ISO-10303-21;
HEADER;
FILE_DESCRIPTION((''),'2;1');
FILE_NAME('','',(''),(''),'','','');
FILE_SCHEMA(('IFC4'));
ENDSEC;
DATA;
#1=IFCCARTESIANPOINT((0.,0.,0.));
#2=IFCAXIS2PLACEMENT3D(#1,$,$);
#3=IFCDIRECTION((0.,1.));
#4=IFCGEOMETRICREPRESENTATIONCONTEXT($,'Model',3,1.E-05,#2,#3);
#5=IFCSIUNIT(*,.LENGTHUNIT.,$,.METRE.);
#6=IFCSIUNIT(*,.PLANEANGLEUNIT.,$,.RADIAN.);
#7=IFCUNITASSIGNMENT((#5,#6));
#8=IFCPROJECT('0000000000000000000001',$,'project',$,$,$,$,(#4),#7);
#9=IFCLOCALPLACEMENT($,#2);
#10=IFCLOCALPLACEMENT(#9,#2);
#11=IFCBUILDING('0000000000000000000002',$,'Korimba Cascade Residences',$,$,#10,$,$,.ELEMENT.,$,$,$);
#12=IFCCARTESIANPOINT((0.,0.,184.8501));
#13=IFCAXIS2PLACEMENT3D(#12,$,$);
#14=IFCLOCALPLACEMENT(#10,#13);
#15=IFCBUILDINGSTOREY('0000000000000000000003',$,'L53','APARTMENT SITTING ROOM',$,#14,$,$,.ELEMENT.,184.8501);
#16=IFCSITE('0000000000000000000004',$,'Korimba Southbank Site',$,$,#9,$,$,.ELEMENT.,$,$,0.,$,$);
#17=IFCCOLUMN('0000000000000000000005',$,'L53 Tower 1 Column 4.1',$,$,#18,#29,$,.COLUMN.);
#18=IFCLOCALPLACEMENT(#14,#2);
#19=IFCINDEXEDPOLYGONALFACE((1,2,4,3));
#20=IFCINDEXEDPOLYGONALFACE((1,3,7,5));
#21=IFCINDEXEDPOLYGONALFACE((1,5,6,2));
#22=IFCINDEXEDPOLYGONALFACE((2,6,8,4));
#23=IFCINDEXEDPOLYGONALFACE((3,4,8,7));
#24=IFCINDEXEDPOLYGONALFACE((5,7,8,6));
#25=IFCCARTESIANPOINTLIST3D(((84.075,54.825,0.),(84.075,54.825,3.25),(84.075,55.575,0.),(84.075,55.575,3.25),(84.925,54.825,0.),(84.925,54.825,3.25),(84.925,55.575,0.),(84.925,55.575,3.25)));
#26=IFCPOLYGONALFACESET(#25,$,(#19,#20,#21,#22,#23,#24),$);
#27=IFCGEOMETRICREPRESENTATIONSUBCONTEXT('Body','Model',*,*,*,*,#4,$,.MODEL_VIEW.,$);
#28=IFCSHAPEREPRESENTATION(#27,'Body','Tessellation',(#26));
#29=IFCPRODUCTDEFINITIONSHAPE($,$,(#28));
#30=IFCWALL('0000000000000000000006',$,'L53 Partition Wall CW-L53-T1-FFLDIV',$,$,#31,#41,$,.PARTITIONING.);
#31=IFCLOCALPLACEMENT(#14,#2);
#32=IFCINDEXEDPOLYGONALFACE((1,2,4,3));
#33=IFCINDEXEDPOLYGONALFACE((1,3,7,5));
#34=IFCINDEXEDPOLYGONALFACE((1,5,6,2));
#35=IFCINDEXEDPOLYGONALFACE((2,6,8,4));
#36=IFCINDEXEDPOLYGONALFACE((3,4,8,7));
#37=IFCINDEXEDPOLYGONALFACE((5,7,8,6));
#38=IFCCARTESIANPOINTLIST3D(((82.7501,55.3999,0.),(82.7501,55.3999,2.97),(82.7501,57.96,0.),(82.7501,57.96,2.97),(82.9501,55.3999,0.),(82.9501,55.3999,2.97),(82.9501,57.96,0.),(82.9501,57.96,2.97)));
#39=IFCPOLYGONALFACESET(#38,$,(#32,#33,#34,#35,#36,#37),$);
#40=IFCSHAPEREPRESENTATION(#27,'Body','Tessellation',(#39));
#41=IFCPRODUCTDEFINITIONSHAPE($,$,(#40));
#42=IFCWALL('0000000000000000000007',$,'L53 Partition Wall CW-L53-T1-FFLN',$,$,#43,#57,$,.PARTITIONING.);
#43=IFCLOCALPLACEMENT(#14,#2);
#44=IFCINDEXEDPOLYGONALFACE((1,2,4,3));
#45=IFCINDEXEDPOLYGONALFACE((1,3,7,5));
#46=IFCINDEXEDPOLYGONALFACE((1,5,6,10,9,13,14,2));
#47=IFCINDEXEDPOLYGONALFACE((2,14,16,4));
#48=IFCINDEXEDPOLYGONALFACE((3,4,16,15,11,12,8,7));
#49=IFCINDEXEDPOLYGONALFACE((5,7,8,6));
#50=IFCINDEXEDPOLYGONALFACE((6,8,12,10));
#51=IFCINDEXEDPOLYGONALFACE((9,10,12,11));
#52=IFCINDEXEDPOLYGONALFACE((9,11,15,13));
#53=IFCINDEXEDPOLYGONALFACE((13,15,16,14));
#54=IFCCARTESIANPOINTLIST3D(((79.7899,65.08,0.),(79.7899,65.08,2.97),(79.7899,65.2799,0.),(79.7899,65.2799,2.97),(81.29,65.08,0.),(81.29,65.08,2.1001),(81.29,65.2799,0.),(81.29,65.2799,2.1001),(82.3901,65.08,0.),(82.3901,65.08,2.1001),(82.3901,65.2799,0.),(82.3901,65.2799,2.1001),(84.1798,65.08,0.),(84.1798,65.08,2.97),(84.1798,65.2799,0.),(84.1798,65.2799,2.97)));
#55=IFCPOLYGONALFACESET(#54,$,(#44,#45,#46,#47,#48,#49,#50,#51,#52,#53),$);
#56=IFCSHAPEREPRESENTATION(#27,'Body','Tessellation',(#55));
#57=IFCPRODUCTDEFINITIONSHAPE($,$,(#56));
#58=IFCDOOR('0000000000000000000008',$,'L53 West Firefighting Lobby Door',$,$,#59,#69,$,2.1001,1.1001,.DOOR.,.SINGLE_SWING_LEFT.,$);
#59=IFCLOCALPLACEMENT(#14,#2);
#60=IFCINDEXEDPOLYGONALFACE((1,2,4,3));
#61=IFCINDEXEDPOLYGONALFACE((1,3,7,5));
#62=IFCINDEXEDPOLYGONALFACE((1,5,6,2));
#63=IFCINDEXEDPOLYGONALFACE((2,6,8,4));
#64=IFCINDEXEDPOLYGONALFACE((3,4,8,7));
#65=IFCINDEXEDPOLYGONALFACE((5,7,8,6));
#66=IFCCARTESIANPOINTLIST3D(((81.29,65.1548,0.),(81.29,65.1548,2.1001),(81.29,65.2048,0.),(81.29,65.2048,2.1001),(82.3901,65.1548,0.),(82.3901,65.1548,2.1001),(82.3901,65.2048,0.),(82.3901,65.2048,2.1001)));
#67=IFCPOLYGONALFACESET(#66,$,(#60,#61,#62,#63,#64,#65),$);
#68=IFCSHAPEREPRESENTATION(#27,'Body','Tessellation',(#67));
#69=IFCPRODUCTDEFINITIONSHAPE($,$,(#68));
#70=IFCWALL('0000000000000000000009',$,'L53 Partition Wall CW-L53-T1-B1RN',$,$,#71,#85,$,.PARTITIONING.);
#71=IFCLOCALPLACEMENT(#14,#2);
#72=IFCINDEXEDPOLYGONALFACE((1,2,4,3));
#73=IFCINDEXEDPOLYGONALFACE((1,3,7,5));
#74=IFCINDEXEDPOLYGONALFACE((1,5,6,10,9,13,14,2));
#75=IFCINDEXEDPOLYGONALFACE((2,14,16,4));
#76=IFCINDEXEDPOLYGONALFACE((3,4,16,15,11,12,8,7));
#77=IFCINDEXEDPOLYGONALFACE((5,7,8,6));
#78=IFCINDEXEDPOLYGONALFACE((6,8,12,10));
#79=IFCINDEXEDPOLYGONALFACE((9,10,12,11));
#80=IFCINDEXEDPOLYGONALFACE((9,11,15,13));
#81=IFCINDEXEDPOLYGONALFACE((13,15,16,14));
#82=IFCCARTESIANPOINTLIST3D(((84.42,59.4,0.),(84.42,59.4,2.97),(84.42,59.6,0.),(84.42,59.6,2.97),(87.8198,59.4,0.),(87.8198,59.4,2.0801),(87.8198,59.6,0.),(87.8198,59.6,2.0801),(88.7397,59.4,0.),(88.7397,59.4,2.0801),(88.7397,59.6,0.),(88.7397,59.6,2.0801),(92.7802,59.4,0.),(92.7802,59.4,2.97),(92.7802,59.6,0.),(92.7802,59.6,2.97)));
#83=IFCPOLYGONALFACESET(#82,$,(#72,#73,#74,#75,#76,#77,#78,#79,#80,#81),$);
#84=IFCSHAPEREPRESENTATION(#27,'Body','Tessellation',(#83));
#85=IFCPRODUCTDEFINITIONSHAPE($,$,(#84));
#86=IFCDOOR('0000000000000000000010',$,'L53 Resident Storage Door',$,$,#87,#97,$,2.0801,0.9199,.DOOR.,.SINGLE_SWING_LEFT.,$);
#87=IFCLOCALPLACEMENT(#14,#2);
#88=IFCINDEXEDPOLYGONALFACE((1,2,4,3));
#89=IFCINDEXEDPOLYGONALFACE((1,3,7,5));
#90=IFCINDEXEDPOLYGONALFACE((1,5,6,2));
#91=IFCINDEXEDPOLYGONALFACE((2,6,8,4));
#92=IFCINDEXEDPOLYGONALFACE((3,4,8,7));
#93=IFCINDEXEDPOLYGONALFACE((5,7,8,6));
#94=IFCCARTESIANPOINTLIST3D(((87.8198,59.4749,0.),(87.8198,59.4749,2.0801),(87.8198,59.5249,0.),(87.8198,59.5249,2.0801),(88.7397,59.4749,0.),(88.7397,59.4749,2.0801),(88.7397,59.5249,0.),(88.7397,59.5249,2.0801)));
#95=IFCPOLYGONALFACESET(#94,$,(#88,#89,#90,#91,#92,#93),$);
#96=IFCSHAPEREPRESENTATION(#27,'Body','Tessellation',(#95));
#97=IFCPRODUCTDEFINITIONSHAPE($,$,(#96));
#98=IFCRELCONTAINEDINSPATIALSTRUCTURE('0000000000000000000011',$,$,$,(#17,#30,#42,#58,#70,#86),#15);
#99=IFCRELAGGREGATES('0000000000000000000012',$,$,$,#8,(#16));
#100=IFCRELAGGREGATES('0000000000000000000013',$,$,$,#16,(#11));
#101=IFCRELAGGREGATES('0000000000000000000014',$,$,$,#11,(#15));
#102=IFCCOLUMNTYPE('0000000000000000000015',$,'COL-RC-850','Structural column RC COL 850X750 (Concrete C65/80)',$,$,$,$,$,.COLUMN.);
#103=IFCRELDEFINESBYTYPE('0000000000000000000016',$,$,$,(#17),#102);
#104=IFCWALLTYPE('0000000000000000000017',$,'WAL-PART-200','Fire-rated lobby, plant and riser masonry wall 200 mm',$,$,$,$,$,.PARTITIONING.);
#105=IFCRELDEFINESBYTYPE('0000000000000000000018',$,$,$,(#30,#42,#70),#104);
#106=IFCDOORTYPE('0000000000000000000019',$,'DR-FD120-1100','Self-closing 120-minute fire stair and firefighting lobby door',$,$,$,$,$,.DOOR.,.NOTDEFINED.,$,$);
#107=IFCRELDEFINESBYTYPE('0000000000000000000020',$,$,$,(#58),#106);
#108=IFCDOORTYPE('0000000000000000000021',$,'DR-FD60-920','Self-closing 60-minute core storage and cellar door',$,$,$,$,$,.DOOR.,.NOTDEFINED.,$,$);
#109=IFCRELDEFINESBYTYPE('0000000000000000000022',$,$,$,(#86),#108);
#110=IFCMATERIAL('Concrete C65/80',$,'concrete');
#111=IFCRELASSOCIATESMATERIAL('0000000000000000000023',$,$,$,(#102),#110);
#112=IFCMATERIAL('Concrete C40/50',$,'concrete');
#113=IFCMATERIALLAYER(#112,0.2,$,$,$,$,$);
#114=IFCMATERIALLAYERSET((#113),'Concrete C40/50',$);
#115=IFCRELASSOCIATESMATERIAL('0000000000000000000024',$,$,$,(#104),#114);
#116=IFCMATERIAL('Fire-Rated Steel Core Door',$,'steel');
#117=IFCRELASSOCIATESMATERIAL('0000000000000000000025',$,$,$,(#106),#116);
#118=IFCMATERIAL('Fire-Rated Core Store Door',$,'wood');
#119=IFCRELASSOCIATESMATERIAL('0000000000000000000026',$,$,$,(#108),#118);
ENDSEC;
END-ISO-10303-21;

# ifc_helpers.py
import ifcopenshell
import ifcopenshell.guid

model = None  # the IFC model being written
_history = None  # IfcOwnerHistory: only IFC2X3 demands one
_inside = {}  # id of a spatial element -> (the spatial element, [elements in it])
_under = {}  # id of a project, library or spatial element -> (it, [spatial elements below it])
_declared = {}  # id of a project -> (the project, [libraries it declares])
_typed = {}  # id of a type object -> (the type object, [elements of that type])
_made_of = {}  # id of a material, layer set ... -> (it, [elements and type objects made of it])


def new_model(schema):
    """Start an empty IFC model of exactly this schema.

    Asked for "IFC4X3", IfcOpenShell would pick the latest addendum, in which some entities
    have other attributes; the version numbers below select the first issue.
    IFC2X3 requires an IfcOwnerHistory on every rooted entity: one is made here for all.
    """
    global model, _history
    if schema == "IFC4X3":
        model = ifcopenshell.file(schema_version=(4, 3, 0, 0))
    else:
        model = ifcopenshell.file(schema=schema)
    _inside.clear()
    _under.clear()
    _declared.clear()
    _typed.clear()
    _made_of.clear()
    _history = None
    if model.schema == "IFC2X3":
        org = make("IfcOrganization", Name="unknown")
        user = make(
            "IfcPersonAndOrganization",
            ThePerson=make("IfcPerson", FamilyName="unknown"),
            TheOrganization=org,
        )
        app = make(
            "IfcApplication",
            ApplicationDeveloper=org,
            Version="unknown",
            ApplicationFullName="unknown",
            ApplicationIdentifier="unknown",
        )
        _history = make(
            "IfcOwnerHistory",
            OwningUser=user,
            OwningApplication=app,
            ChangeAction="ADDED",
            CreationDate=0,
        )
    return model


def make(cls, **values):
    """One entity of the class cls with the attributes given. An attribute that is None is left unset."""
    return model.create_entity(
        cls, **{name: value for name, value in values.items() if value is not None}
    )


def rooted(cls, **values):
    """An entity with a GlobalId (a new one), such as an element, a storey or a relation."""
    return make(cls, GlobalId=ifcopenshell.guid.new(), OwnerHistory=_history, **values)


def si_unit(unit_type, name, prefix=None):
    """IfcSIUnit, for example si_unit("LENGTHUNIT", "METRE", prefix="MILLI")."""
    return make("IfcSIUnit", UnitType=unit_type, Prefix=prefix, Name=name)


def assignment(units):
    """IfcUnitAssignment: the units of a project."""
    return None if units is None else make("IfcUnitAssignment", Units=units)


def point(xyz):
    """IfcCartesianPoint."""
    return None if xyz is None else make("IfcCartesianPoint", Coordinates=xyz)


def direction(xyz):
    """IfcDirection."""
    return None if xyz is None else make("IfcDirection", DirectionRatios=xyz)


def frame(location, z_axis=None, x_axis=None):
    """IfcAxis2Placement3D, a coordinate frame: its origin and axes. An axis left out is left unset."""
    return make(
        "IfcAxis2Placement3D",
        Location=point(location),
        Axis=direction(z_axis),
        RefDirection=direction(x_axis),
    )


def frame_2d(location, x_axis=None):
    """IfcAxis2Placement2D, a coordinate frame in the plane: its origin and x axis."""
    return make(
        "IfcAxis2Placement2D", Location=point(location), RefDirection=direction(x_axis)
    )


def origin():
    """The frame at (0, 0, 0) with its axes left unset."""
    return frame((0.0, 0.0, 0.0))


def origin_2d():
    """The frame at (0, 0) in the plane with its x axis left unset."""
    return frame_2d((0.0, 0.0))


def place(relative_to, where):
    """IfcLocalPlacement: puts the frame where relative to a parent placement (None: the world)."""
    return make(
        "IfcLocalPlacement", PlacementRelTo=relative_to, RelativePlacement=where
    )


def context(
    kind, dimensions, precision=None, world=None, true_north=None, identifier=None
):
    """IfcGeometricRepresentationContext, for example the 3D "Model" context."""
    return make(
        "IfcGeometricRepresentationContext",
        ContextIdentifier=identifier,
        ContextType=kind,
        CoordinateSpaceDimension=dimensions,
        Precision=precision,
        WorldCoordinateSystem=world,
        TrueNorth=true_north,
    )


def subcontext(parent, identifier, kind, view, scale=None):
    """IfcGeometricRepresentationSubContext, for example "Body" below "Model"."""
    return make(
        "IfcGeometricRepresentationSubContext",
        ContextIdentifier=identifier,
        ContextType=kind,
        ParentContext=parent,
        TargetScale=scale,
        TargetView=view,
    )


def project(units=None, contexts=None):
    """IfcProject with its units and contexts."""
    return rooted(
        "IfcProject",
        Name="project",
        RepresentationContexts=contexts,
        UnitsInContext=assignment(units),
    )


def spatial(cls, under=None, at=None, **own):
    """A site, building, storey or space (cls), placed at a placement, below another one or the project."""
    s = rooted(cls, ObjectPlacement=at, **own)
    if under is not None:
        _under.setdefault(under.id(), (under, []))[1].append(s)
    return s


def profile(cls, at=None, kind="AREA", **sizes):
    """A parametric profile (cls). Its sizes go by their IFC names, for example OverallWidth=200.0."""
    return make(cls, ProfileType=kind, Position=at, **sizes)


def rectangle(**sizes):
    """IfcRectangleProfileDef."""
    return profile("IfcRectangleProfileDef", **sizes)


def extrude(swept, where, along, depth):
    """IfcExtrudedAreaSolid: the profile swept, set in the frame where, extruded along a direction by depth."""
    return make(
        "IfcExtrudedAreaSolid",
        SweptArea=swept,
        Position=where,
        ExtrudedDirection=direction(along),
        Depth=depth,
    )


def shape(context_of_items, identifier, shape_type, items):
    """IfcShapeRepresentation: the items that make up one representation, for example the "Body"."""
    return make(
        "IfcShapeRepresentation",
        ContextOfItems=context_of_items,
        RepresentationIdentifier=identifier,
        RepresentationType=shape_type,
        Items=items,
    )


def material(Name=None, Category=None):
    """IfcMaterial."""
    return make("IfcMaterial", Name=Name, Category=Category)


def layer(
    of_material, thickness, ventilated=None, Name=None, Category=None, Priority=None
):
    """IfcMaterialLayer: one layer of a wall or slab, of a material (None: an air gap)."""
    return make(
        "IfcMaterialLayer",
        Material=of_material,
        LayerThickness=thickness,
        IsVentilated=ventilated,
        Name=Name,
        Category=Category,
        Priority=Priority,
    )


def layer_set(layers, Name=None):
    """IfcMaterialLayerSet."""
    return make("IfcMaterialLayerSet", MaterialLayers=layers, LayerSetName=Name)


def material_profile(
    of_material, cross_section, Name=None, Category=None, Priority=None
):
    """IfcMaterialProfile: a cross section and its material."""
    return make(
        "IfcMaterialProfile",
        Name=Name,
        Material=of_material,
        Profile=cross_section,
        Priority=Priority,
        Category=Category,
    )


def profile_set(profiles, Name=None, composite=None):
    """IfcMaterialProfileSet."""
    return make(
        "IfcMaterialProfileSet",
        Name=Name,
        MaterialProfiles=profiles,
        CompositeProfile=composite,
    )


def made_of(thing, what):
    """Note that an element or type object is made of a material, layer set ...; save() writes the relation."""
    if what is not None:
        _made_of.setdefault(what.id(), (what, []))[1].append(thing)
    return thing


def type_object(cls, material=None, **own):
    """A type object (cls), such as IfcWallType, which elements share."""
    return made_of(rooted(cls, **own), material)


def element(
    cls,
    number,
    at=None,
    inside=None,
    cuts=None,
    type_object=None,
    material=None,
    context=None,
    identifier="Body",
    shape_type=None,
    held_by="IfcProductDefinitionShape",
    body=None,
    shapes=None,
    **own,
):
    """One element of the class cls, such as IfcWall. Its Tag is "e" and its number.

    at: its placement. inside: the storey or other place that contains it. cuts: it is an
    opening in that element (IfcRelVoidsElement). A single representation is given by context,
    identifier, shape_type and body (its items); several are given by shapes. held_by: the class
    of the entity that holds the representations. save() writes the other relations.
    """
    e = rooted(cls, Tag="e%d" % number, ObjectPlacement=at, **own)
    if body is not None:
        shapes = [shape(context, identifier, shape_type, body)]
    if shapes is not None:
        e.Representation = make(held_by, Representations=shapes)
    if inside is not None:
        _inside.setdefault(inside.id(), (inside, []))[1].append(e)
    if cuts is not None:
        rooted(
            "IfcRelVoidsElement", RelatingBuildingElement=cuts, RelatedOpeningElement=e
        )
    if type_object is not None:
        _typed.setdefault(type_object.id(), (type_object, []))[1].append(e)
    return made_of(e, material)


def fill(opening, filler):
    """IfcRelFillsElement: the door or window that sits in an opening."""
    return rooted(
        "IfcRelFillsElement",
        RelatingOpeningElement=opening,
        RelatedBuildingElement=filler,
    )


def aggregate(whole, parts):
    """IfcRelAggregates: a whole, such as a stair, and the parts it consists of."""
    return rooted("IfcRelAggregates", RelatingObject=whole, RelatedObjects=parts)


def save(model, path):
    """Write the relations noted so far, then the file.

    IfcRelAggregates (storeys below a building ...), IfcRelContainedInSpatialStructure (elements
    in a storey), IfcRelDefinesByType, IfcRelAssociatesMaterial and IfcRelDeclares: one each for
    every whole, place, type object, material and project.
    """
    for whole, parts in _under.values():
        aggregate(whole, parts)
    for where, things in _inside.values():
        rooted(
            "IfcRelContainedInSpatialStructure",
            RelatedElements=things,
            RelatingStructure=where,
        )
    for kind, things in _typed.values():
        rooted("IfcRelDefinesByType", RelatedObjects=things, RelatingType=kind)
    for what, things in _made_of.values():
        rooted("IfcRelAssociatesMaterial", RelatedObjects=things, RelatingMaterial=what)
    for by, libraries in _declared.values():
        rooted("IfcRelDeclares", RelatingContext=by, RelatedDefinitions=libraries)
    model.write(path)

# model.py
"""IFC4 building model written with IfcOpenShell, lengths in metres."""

from ifc_helpers import new_model, si_unit, direction, frame, frame_2d, origin, origin_2d, place, context, subcontext, project, spatial, rectangle, extrude, material, layer, layer_set, material_profile, profile_set, type_object, element, fill, save


model = new_model("IFC4")

# Units and contexts
model_context = context("Model", 3, precision=1e-05, world=origin(), true_north=direction((0.0, 1.0)))
body_context = subcontext(model_context, "Body", "Model", "MODEL_VIEW")
ifc_project = project(units=[si_unit("LENGTHUNIT", "METRE"), si_unit("PLANEANGLEUNIT", "RADIAN")], contexts=[model_context])

# Site, building, storey
site_placement = place(None, origin())
site = spatial("IfcSite", under=ifc_project, at=site_placement, Name="Korimba Southbank Site", CompositionType="ELEMENT", RefElevation=0.0)
building_placement = place(site_placement, origin())
building = spatial("IfcBuilding", under=site, at=building_placement, Name="Korimba Cascade Residences", CompositionType="ELEMENT")
storey_placement = place(building_placement, frame((0.0, 0.0, 184.8501)))
storey = spatial("IfcBuildingStorey", under=building, at=storey_placement, Name="L53", Description="APARTMENT SITTING ROOM", CompositionType="ELEMENT", Elevation=184.8501)

# Column
ifc_material_1 = material(Name="Concrete C65/80", Category="concrete")
ifc_material_profile = material_profile(ifc_material_1, rectangle(XDim=0.8501, YDim=0.75, at=origin_2d()), Name="Concrete C65/80")
ifc_profile_set = profile_set([ifc_material_profile], Name="Concrete C65/80")
column_type = type_object("IfcColumnType", Name="COL-RC-850", Description="Structural column RC COL 850X750 (Concrete C65/80)", PredefinedType="COLUMN", material=ifc_profile_set)
column_placement = place(storey_placement, frame((84.5, 55.2, 0.0), z_axis=(0.0, 0.0, 1.0), x_axis=(1.0, 0.0, 0.0)))
element("IfcColumn", 1, at=column_placement, inside=storey, type_object=column_type, Name="L53 Tower 1 Column 4.1", PredefinedType="COLUMN", context=body_context, shape_type="SweptSolid", body=[
    extrude(rectangle(XDim=0.8501, YDim=0.75, at=origin_2d()), origin(), (0.0, 0.0, 1.0), 3.25),
])

# Wall
ifc_material_2 = material(Name="Concrete C40/50", Category="concrete")
ifc_layer_1 = layer(ifc_material_2, 0.2)
ifc_layer_set_1 = layer_set([ifc_layer_1], Name="Concrete C40/50")
wall_type_1 = type_object("IfcWallType", Name="WAL-PART-200", Description="Fire-rated lobby, plant and riser masonry wall 200 mm", PredefinedType="PARTITIONING", material=ifc_layer_set_1)
wall_1_placement = place(storey_placement, frame((82.8501, 55.3999, 0.0), z_axis=(0.0, 0.0, 1.0), x_axis=(0.0, 1.0, 0.0)))
element("IfcWall", 2, at=wall_1_placement, inside=storey, type_object=wall_type_1, Name="L53 Partition Wall CW-L53-T1-FFLDIV", PredefinedType="PARTITIONING", context=body_context, shape_type="SweptSolid", body=[
    extrude(rectangle(XDim=2.5601, YDim=0.2, at=frame_2d((1.28, 0.0))), origin(), (0.0, 0.0, 1.0), 2.97),
])

# Walls, openings, doors
wall_2_placement = place(storey_placement, frame((79.79, 65.1799, 0.0), z_axis=(0.0, 0.0, 1.0), x_axis=(1.0, 0.0, 0.0)))
wall_2 = element("IfcWall", 3, at=wall_2_placement, inside=storey, type_object=wall_type_1, Name="L53 Partition Wall CW-L53-T1-FFLN", PredefinedType="PARTITIONING", context=body_context, shape_type="SweptSolid", body=[
    extrude(rectangle(XDim=4.3899, YDim=0.2, at=frame_2d((2.1948, 0.0))), origin(), (0.0, 0.0, 1.0), 2.97),
])
opening_1_placement = place(wall_2_placement, frame((1.5, 0.0, 0.0)))
opening_1 = element("IfcOpeningElement", 4, at=opening_1_placement, cuts=wall_2, PredefinedType="OPENING", context=body_context, shape_type="SweptSolid", body=[
    extrude(rectangle(XDim=1.1001, YDim=2.1001, at=frame_2d((0.55, 1.05))), frame((0.0, 0.1099, 0.0), z_axis=(0.0, -1.0, 0.0), x_axis=(1.0, 0.0, 0.0)), (0.0, 0.0, 1.0), 0.22),
])
ifc_material_3 = material(Name="Fire-Rated Steel Core Door", Category="steel")
door_type_1 = type_object("IfcDoorType", Name="DR-FD120-1100", Description="Self-closing 120-minute fire stair and firefighting lobby door", OperationType="NOTDEFINED", PredefinedType="DOOR", material=ifc_material_3)
door_1_placement = place(opening_1_placement, origin())
door_1 = element("IfcDoor", 5, at=door_1_placement, inside=storey, type_object=door_type_1, Name="L53 West Firefighting Lobby Door", OperationType="SINGLE_SWING_LEFT", OverallHeight=2.1001, OverallWidth=1.1001, PredefinedType="DOOR", context=body_context, shape_type="SweptSolid", body=[
    extrude(rectangle(XDim=1.1001, YDim=2.1001, at=frame_2d((0.55, 1.05))), frame((0.0, 0.0249, 0.0), z_axis=(0.0, -1.0, 0.0), x_axis=(1.0, 0.0, 0.0)), (0.0, 0.0, 1.0), 0.05),
])
fill(opening_1, door_1)
wall_3_placement = place(storey_placement, frame((84.4199, 59.5, 0.0), z_axis=(0.0, 0.0, 1.0), x_axis=(1.0, 0.0, 0.0)))
wall_3 = element("IfcWall", 6, at=wall_3_placement, inside=storey, type_object=wall_type_1, Name="L53 Partition Wall CW-L53-T1-B1RN", PredefinedType="PARTITIONING", context=body_context, shape_type="SweptSolid", body=[
    extrude(rectangle(XDim=8.3601, YDim=0.2, at=frame_2d((4.1802, 0.0))), origin(), (0.0, 0.0, 1.0), 2.97),
])
opening_2_placement = place(wall_3_placement, frame((3.3999, 0.0, 0.0)))
opening_2 = element("IfcOpeningElement", 7, at=opening_2_placement, cuts=wall_3, PredefinedType="OPENING", context=body_context, shape_type="SweptSolid", body=[
    extrude(rectangle(XDim=0.9199, YDim=2.0801, at=frame_2d((0.46, 1.04))), frame((0.0, 0.1099, 0.0), z_axis=(0.0, -1.0, 0.0), x_axis=(1.0, 0.0, 0.0)), (0.0, 0.0, 1.0), 0.22),
])
ifc_material_4 = material(Name="Fire-Rated Core Store Door", Category="wood")
door_type_2 = type_object("IfcDoorType", Name="DR-FD60-920", Description="Self-closing 60-minute core storage and cellar door", OperationType="NOTDEFINED", PredefinedType="DOOR", material=ifc_material_4)
door_2_placement = place(opening_2_placement, origin())
door_2 = element("IfcDoor", 8, at=door_2_placement, inside=storey, type_object=door_type_2, Name="L53 Resident Storage Door", OperationType="SINGLE_SWING_LEFT", OverallHeight=2.0801, OverallWidth=0.9199, PredefinedType="DOOR", context=body_context, shape_type="SweptSolid", body=[
    extrude(rectangle(XDim=0.9199, YDim=2.0801, at=frame_2d((0.46, 1.04))), frame((0.0, 0.0249, 0.0), z_axis=(0.0, -1.0, 0.0), x_axis=(1.0, 0.0, 0.0)), (0.0, 0.0, 1.0), 0.05),
])
fill(opening_2, door_2)

save(model, "model.ifc")
